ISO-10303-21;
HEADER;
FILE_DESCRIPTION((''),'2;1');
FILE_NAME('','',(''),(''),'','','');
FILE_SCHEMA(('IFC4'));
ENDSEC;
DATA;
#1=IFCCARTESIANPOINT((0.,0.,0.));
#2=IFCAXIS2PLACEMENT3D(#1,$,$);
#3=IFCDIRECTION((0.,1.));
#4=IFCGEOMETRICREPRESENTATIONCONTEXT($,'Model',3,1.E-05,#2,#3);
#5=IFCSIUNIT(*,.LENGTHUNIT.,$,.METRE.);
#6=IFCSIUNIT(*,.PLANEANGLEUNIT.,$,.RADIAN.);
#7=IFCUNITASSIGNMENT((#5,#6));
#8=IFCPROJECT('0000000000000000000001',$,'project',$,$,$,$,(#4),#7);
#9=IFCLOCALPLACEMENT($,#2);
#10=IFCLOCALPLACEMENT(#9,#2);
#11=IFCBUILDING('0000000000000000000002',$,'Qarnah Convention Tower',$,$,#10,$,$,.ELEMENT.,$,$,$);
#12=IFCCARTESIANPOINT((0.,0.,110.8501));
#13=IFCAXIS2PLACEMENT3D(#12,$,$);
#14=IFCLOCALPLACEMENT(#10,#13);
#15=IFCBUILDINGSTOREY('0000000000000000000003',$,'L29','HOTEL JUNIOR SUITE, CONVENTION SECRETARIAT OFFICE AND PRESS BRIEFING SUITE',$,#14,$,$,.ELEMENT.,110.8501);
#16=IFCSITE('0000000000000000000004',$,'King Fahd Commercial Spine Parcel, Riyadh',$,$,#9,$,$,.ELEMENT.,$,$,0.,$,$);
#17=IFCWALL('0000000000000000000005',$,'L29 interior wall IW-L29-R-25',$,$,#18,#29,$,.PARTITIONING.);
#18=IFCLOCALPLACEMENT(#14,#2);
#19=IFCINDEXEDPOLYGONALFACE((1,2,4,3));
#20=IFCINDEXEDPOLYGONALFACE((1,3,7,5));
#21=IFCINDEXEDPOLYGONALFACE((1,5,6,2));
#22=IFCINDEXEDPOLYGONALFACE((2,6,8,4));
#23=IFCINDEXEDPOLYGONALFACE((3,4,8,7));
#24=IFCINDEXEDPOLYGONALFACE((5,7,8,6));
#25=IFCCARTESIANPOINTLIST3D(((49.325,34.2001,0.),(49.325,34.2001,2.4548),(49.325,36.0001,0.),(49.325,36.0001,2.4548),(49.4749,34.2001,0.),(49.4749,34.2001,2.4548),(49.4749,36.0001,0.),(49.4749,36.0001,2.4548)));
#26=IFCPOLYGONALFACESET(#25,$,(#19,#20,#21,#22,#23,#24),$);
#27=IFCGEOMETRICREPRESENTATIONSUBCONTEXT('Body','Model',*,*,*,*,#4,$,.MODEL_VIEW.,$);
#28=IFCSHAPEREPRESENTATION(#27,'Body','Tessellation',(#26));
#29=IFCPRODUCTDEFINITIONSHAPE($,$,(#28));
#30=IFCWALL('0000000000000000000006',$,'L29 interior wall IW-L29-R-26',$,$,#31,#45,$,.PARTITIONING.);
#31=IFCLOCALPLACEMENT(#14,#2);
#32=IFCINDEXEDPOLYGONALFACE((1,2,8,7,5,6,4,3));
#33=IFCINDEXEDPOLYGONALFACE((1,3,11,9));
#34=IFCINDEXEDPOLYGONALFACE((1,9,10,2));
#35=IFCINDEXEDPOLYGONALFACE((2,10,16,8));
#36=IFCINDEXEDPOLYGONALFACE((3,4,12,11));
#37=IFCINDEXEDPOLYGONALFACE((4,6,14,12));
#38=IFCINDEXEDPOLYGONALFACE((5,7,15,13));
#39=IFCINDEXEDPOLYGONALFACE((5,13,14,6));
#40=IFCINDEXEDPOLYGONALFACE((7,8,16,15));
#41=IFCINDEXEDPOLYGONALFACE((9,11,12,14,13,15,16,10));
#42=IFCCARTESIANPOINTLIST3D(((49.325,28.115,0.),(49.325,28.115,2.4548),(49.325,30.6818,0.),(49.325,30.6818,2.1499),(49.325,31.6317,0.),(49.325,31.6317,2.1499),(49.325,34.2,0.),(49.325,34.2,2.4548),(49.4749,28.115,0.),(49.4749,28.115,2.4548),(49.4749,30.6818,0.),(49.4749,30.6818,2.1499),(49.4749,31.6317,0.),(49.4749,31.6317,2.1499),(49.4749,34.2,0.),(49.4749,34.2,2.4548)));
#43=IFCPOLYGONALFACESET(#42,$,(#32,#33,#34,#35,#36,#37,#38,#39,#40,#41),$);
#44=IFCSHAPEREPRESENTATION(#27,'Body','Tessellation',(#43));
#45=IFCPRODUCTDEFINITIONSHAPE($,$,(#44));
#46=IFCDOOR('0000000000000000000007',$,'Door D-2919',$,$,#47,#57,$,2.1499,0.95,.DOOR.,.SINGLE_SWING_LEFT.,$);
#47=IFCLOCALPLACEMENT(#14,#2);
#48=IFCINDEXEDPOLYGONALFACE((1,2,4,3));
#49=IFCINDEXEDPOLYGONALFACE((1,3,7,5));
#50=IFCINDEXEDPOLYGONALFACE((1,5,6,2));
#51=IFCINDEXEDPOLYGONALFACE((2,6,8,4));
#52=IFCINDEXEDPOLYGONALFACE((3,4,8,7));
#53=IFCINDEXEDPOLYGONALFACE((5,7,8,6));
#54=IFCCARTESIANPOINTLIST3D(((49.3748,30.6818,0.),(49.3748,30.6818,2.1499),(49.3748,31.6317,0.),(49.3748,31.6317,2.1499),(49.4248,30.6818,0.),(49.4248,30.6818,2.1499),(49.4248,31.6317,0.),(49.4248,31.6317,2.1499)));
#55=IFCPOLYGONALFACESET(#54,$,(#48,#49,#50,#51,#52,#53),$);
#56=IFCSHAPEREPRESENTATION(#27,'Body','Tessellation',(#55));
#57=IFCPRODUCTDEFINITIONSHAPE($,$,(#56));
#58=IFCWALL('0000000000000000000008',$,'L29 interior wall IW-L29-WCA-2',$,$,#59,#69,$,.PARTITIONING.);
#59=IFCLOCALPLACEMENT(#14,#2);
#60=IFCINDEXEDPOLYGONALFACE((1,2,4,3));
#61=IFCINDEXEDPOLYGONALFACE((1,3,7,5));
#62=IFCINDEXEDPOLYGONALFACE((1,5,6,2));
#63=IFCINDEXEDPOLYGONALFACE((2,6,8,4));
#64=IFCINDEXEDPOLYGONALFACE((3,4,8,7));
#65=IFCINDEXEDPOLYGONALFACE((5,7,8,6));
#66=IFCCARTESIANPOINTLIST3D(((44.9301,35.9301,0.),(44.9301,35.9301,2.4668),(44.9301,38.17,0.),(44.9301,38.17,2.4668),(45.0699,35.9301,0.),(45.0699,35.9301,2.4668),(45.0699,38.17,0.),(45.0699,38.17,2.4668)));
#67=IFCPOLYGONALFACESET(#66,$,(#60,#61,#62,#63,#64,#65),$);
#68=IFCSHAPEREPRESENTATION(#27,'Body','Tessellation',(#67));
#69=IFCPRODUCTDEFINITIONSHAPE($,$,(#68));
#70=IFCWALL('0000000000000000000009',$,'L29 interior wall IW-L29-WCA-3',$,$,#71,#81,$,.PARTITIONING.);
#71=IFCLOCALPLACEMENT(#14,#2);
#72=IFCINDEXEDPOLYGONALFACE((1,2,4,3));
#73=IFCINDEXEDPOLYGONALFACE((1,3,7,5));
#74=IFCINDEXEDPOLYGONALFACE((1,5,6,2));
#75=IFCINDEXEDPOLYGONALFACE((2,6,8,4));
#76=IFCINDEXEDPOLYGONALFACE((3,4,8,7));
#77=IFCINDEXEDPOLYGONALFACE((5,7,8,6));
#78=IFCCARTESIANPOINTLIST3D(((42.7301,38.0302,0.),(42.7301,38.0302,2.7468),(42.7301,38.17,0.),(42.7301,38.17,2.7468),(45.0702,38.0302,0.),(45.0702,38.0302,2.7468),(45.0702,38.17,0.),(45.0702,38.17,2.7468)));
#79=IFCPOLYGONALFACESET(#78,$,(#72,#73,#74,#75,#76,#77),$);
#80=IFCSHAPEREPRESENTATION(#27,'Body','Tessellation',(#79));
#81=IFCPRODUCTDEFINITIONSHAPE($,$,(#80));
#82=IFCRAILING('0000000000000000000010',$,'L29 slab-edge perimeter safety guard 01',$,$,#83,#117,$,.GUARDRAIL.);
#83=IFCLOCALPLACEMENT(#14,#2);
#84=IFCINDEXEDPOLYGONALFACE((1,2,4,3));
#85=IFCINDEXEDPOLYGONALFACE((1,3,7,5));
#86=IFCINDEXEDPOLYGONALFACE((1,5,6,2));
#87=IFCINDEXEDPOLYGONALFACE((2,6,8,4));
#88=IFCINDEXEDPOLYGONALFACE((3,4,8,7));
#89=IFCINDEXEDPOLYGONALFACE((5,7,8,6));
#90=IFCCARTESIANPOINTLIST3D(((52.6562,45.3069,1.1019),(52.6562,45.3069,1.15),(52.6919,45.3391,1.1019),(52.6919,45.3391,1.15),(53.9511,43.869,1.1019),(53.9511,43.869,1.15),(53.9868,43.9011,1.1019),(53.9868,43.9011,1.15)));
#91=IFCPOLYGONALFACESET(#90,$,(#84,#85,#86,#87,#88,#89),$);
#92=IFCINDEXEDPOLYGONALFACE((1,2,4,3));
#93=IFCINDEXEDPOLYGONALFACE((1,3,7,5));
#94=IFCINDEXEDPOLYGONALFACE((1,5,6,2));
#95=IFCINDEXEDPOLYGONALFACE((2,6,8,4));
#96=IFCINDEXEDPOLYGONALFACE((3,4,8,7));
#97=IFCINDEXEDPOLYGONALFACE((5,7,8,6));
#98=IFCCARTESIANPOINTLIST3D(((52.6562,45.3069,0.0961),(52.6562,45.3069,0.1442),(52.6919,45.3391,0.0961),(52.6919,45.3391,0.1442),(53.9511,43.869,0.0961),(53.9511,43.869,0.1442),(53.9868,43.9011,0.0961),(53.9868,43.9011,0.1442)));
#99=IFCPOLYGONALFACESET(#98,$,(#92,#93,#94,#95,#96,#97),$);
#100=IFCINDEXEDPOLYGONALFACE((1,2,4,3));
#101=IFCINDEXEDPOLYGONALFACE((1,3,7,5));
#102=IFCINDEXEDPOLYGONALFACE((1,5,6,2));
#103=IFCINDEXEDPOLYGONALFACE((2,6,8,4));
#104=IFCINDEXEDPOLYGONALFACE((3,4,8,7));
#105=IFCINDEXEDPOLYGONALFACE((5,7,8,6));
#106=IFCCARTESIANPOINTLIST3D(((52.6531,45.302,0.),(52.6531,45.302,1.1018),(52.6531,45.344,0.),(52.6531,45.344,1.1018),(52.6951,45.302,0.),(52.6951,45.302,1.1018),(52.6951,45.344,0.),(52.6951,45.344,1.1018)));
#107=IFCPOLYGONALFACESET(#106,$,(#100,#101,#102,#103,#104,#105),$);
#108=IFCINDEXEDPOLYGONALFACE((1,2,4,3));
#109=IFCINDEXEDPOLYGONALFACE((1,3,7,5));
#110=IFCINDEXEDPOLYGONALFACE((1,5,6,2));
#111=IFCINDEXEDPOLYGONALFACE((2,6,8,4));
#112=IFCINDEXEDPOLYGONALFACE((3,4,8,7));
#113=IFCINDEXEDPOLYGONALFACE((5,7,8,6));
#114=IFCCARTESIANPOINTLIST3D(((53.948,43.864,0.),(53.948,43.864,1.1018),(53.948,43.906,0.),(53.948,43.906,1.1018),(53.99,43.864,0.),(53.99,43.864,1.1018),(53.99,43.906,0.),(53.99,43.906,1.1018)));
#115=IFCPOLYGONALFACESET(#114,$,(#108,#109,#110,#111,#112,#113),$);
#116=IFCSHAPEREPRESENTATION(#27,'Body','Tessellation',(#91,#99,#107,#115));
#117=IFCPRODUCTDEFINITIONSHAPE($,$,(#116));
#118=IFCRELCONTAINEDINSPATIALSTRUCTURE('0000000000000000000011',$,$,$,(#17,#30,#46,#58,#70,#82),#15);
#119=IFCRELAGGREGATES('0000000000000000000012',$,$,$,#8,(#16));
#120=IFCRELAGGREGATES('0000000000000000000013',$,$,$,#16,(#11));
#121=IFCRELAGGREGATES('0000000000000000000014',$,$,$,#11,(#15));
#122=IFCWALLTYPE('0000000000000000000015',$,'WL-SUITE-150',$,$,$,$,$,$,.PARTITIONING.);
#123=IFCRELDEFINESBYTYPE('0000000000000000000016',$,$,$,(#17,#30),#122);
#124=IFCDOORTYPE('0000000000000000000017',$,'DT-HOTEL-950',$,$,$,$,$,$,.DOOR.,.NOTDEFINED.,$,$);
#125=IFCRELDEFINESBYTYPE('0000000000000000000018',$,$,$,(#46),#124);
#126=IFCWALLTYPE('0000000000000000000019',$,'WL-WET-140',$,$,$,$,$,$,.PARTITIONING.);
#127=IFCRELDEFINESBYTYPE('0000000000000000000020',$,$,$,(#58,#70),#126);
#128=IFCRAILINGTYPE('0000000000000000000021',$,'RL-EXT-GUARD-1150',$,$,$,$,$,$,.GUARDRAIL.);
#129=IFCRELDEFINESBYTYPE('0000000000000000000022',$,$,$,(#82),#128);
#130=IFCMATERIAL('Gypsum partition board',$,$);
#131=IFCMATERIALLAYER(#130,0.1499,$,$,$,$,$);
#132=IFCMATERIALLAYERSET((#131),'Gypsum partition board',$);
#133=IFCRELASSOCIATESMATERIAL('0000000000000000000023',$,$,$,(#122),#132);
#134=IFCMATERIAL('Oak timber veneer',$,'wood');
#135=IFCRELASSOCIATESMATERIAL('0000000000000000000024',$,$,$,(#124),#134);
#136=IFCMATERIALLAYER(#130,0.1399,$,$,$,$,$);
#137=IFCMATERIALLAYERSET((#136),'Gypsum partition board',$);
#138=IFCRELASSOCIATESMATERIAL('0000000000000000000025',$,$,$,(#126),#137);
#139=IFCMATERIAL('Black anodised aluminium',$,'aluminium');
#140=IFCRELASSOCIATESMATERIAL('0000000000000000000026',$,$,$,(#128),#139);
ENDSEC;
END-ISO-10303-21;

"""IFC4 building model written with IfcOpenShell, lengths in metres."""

from ifc_helpers import new_model, si_unit, direction, frame, frame_2d, origin, origin_2d, place, context, subcontext, project, spatial, rectangle, extrude, material, layer, layer_set, type_object, element, fill, save


model = new_model("IFC4")

# Units and contexts
model_context = context("Model", 3, precision=1e-05, world=origin(), true_north=direction((0.0, 1.0)))
body_context = subcontext(model_context, "Body", "Model", "MODEL_VIEW")
ifc_project = project(units=[si_unit("LENGTHUNIT", "METRE"), si_unit("PLANEANGLEUNIT", "RADIAN")], contexts=[model_context])

# Site, building, storey
site_placement = place(None, origin())
site = spatial("IfcSite", under=ifc_project, at=site_placement, Name="King Fahd Commercial Spine Parcel, Riyadh", CompositionType="ELEMENT", RefElevation=0.0)
building_placement = place(site_placement, origin())
building = spatial("IfcBuilding", under=site, at=building_placement, Name="Qarnah Convention Tower", CompositionType="ELEMENT")
storey_placement = place(building_placement, frame((0.0, 0.0, 110.8501)))
storey = spatial("IfcBuildingStorey", under=building, at=storey_placement, Name="L29", Description="HOTEL JUNIOR SUITE, CONVENTION SECRETARIAT OFFICE AND PRESS BRIEFING SUITE", CompositionType="ELEMENT", Elevation=110.8501)

# Shared definitions
ifc_material_1 = material(Name="Black anodised aluminium", Category="aluminium")

# Wall
ifc_material_2 = material(Name="Gypsum partition board")
ifc_layer_1 = layer(ifc_material_2, 0.1499)
ifc_layer_set_1 = layer_set([ifc_layer_1], Name="Gypsum partition board")
wall_type_1 = type_object("IfcWallType", Name="WL-SUITE-150", PredefinedType="PARTITIONING", material=ifc_layer_set_1)
wall_1_placement = place(storey_placement, frame((49.3999, 36.0, 0.0), z_axis=(0.0, 0.0, 1.0), x_axis=(0.0, -1.0, 0.0)))
element("IfcWall", 1, at=wall_1_placement, inside=storey, type_object=wall_type_1, Name="L29 interior wall IW-L29-R-25", PredefinedType="PARTITIONING", context=body_context, shape_type="SweptSolid", body=[
    extrude(rectangle(XDim=1.8, YDim=0.1499, at=frame_2d((0.8999, 0.0))), origin(), (0.0, 0.0, 1.0), 2.4548),
])

# Wall, opening, door
wall_2_placement = place(storey_placement, frame((49.3999, 34.2, 0.0), z_axis=(0.0, 0.0, 1.0), x_axis=(0.0, -1.0, 0.0)))
wall_2 = element("IfcWall", 2, at=wall_2_placement, inside=storey, type_object=wall_type_1, Name="L29 interior wall IW-L29-R-26", PredefinedType="PARTITIONING", context=body_context, shape_type="SweptSolid", body=[
    extrude(rectangle(XDim=6.085, YDim=0.1499, at=frame_2d((3.0425, 0.0))), origin(), (0.0, 0.0, 1.0), 2.4548),
])
opening_1_placement = place(wall_2_placement, frame((2.5681, 0.0, 0.0)))
opening_1 = element("IfcOpeningElement", 3, at=opening_1_placement, cuts=wall_2, PredefinedType="OPENING", context=body_context, shape_type="SweptSolid", body=[
    extrude(rectangle(XDim=0.95, YDim=2.1499, at=frame_2d((0.4751, 1.075))), frame((0.0, 0.085, 0.0), z_axis=(0.0, -1.0, 0.0), x_axis=(1.0, 0.0, 0.0)), (0.0, 0.0, 1.0), 0.1699),
])
ifc_material_3 = material(Name="Oak timber veneer", Category="wood")
door_type_1 = type_object("IfcDoorType", Name="DT-HOTEL-950", OperationType="NOTDEFINED", PredefinedType="DOOR", material=ifc_material_3)
door_1_placement = place(opening_1_placement, origin())
door_1 = element("IfcDoor", 4, at=door_1_placement, inside=storey, type_object=door_type_1, Name="Door D-2919", OperationType="SINGLE_SWING_LEFT", OverallHeight=2.1499, OverallWidth=0.95, PredefinedType="DOOR", context=body_context, shape_type="SweptSolid", body=[
    extrude(rectangle(XDim=0.95, YDim=2.1499, at=frame_2d((0.4751, 1.075))), frame((0.0, 0.0249, 0.0), z_axis=(0.0, -1.0, 0.0), x_axis=(1.0, 0.0, 0.0)), (0.0, 0.0, 1.0), 0.05),
])
fill(opening_1, door_1)

# Walls
ifc_layer_2 = layer(ifc_material_2, 0.1399)
ifc_layer_set_2 = layer_set([ifc_layer_2], Name="Gypsum partition board")
wall_type_2 = type_object("IfcWallType", Name="WL-WET-140", PredefinedType="PARTITIONING", material=ifc_layer_set_2)
wall_3_placement = place(storey_placement, frame((45.0, 35.9299, 0.0), z_axis=(0.0, 0.0, 1.0), x_axis=(0.0, 1.0, 0.0)))
element("IfcWall", 5, at=wall_3_placement, inside=storey, type_object=wall_type_2, Name="L29 interior wall IW-L29-WCA-2", PredefinedType="PARTITIONING", context=body_context, shape_type="SweptSolid", body=[
    extrude(rectangle(XDim=2.24, YDim=0.1399, at=frame_2d((1.1201, 0.0))), origin(), (0.0, 0.0, 1.0), 2.4668),
])
wall_4_placement = place(storey_placement, frame((45.0701, 38.1001, 0.0), z_axis=(0.0, 0.0, 1.0), x_axis=(-1.0, 0.0, 0.0)))
element("IfcWall", 6, at=wall_4_placement, inside=storey, type_object=wall_type_2, Name="L29 interior wall IW-L29-WCA-3", PredefinedType="PARTITIONING", context=body_context, shape_type="SweptSolid", body=[
    extrude(rectangle(XDim=2.3401, YDim=0.1399, at=frame_2d((1.1699, 0.0))), origin(), (0.0, 0.0, 1.0), 2.7468),
])

# Railing
railing_type = type_object("IfcRailingType", Name="RL-EXT-GUARD-1150", PredefinedType="GUARDRAIL", material=ifc_material_1)
railing_1_placement = place(storey_placement, frame((52.6741, 45.323, 0.0)))
element("IfcRailing", 7, at=railing_1_placement, inside=storey, type_object=railing_type, Name="L29 slab-edge perimeter safety guard 01", PredefinedType="GUARDRAIL", context=body_context, shape_type="SweptSolid", body=[
    extrude(rectangle(XDim=0.0481, YDim=0.0481, at=origin_2d()), frame((0.0, 0.0, 1.126), z_axis=(0.669174, -0.743106, 0.0), x_axis=(0.743106, 0.669174, 0.0)), (0.0, 0.0, 1.0), 1.9351),
    extrude(rectangle(XDim=0.0481, YDim=0.0481, at=origin_2d()), frame((0.0, 0.0, 0.1201), z_axis=(0.669174, -0.743106, 0.0), x_axis=(0.743106, 0.669174, 0.0)), (0.0, 0.0, 1.0), 1.9351),
    extrude(rectangle(XDim=0.042, YDim=0.042, at=origin_2d()), origin(), (0.0, 0.0, 1.0), 1.1018),
    extrude(rectangle(XDim=0.042, YDim=0.042, at=origin_2d()), frame((1.2949, -1.438, 0.0)), (0.0, 0.0, 1.0), 1.1018),
])

save(model, "model.ifc")
